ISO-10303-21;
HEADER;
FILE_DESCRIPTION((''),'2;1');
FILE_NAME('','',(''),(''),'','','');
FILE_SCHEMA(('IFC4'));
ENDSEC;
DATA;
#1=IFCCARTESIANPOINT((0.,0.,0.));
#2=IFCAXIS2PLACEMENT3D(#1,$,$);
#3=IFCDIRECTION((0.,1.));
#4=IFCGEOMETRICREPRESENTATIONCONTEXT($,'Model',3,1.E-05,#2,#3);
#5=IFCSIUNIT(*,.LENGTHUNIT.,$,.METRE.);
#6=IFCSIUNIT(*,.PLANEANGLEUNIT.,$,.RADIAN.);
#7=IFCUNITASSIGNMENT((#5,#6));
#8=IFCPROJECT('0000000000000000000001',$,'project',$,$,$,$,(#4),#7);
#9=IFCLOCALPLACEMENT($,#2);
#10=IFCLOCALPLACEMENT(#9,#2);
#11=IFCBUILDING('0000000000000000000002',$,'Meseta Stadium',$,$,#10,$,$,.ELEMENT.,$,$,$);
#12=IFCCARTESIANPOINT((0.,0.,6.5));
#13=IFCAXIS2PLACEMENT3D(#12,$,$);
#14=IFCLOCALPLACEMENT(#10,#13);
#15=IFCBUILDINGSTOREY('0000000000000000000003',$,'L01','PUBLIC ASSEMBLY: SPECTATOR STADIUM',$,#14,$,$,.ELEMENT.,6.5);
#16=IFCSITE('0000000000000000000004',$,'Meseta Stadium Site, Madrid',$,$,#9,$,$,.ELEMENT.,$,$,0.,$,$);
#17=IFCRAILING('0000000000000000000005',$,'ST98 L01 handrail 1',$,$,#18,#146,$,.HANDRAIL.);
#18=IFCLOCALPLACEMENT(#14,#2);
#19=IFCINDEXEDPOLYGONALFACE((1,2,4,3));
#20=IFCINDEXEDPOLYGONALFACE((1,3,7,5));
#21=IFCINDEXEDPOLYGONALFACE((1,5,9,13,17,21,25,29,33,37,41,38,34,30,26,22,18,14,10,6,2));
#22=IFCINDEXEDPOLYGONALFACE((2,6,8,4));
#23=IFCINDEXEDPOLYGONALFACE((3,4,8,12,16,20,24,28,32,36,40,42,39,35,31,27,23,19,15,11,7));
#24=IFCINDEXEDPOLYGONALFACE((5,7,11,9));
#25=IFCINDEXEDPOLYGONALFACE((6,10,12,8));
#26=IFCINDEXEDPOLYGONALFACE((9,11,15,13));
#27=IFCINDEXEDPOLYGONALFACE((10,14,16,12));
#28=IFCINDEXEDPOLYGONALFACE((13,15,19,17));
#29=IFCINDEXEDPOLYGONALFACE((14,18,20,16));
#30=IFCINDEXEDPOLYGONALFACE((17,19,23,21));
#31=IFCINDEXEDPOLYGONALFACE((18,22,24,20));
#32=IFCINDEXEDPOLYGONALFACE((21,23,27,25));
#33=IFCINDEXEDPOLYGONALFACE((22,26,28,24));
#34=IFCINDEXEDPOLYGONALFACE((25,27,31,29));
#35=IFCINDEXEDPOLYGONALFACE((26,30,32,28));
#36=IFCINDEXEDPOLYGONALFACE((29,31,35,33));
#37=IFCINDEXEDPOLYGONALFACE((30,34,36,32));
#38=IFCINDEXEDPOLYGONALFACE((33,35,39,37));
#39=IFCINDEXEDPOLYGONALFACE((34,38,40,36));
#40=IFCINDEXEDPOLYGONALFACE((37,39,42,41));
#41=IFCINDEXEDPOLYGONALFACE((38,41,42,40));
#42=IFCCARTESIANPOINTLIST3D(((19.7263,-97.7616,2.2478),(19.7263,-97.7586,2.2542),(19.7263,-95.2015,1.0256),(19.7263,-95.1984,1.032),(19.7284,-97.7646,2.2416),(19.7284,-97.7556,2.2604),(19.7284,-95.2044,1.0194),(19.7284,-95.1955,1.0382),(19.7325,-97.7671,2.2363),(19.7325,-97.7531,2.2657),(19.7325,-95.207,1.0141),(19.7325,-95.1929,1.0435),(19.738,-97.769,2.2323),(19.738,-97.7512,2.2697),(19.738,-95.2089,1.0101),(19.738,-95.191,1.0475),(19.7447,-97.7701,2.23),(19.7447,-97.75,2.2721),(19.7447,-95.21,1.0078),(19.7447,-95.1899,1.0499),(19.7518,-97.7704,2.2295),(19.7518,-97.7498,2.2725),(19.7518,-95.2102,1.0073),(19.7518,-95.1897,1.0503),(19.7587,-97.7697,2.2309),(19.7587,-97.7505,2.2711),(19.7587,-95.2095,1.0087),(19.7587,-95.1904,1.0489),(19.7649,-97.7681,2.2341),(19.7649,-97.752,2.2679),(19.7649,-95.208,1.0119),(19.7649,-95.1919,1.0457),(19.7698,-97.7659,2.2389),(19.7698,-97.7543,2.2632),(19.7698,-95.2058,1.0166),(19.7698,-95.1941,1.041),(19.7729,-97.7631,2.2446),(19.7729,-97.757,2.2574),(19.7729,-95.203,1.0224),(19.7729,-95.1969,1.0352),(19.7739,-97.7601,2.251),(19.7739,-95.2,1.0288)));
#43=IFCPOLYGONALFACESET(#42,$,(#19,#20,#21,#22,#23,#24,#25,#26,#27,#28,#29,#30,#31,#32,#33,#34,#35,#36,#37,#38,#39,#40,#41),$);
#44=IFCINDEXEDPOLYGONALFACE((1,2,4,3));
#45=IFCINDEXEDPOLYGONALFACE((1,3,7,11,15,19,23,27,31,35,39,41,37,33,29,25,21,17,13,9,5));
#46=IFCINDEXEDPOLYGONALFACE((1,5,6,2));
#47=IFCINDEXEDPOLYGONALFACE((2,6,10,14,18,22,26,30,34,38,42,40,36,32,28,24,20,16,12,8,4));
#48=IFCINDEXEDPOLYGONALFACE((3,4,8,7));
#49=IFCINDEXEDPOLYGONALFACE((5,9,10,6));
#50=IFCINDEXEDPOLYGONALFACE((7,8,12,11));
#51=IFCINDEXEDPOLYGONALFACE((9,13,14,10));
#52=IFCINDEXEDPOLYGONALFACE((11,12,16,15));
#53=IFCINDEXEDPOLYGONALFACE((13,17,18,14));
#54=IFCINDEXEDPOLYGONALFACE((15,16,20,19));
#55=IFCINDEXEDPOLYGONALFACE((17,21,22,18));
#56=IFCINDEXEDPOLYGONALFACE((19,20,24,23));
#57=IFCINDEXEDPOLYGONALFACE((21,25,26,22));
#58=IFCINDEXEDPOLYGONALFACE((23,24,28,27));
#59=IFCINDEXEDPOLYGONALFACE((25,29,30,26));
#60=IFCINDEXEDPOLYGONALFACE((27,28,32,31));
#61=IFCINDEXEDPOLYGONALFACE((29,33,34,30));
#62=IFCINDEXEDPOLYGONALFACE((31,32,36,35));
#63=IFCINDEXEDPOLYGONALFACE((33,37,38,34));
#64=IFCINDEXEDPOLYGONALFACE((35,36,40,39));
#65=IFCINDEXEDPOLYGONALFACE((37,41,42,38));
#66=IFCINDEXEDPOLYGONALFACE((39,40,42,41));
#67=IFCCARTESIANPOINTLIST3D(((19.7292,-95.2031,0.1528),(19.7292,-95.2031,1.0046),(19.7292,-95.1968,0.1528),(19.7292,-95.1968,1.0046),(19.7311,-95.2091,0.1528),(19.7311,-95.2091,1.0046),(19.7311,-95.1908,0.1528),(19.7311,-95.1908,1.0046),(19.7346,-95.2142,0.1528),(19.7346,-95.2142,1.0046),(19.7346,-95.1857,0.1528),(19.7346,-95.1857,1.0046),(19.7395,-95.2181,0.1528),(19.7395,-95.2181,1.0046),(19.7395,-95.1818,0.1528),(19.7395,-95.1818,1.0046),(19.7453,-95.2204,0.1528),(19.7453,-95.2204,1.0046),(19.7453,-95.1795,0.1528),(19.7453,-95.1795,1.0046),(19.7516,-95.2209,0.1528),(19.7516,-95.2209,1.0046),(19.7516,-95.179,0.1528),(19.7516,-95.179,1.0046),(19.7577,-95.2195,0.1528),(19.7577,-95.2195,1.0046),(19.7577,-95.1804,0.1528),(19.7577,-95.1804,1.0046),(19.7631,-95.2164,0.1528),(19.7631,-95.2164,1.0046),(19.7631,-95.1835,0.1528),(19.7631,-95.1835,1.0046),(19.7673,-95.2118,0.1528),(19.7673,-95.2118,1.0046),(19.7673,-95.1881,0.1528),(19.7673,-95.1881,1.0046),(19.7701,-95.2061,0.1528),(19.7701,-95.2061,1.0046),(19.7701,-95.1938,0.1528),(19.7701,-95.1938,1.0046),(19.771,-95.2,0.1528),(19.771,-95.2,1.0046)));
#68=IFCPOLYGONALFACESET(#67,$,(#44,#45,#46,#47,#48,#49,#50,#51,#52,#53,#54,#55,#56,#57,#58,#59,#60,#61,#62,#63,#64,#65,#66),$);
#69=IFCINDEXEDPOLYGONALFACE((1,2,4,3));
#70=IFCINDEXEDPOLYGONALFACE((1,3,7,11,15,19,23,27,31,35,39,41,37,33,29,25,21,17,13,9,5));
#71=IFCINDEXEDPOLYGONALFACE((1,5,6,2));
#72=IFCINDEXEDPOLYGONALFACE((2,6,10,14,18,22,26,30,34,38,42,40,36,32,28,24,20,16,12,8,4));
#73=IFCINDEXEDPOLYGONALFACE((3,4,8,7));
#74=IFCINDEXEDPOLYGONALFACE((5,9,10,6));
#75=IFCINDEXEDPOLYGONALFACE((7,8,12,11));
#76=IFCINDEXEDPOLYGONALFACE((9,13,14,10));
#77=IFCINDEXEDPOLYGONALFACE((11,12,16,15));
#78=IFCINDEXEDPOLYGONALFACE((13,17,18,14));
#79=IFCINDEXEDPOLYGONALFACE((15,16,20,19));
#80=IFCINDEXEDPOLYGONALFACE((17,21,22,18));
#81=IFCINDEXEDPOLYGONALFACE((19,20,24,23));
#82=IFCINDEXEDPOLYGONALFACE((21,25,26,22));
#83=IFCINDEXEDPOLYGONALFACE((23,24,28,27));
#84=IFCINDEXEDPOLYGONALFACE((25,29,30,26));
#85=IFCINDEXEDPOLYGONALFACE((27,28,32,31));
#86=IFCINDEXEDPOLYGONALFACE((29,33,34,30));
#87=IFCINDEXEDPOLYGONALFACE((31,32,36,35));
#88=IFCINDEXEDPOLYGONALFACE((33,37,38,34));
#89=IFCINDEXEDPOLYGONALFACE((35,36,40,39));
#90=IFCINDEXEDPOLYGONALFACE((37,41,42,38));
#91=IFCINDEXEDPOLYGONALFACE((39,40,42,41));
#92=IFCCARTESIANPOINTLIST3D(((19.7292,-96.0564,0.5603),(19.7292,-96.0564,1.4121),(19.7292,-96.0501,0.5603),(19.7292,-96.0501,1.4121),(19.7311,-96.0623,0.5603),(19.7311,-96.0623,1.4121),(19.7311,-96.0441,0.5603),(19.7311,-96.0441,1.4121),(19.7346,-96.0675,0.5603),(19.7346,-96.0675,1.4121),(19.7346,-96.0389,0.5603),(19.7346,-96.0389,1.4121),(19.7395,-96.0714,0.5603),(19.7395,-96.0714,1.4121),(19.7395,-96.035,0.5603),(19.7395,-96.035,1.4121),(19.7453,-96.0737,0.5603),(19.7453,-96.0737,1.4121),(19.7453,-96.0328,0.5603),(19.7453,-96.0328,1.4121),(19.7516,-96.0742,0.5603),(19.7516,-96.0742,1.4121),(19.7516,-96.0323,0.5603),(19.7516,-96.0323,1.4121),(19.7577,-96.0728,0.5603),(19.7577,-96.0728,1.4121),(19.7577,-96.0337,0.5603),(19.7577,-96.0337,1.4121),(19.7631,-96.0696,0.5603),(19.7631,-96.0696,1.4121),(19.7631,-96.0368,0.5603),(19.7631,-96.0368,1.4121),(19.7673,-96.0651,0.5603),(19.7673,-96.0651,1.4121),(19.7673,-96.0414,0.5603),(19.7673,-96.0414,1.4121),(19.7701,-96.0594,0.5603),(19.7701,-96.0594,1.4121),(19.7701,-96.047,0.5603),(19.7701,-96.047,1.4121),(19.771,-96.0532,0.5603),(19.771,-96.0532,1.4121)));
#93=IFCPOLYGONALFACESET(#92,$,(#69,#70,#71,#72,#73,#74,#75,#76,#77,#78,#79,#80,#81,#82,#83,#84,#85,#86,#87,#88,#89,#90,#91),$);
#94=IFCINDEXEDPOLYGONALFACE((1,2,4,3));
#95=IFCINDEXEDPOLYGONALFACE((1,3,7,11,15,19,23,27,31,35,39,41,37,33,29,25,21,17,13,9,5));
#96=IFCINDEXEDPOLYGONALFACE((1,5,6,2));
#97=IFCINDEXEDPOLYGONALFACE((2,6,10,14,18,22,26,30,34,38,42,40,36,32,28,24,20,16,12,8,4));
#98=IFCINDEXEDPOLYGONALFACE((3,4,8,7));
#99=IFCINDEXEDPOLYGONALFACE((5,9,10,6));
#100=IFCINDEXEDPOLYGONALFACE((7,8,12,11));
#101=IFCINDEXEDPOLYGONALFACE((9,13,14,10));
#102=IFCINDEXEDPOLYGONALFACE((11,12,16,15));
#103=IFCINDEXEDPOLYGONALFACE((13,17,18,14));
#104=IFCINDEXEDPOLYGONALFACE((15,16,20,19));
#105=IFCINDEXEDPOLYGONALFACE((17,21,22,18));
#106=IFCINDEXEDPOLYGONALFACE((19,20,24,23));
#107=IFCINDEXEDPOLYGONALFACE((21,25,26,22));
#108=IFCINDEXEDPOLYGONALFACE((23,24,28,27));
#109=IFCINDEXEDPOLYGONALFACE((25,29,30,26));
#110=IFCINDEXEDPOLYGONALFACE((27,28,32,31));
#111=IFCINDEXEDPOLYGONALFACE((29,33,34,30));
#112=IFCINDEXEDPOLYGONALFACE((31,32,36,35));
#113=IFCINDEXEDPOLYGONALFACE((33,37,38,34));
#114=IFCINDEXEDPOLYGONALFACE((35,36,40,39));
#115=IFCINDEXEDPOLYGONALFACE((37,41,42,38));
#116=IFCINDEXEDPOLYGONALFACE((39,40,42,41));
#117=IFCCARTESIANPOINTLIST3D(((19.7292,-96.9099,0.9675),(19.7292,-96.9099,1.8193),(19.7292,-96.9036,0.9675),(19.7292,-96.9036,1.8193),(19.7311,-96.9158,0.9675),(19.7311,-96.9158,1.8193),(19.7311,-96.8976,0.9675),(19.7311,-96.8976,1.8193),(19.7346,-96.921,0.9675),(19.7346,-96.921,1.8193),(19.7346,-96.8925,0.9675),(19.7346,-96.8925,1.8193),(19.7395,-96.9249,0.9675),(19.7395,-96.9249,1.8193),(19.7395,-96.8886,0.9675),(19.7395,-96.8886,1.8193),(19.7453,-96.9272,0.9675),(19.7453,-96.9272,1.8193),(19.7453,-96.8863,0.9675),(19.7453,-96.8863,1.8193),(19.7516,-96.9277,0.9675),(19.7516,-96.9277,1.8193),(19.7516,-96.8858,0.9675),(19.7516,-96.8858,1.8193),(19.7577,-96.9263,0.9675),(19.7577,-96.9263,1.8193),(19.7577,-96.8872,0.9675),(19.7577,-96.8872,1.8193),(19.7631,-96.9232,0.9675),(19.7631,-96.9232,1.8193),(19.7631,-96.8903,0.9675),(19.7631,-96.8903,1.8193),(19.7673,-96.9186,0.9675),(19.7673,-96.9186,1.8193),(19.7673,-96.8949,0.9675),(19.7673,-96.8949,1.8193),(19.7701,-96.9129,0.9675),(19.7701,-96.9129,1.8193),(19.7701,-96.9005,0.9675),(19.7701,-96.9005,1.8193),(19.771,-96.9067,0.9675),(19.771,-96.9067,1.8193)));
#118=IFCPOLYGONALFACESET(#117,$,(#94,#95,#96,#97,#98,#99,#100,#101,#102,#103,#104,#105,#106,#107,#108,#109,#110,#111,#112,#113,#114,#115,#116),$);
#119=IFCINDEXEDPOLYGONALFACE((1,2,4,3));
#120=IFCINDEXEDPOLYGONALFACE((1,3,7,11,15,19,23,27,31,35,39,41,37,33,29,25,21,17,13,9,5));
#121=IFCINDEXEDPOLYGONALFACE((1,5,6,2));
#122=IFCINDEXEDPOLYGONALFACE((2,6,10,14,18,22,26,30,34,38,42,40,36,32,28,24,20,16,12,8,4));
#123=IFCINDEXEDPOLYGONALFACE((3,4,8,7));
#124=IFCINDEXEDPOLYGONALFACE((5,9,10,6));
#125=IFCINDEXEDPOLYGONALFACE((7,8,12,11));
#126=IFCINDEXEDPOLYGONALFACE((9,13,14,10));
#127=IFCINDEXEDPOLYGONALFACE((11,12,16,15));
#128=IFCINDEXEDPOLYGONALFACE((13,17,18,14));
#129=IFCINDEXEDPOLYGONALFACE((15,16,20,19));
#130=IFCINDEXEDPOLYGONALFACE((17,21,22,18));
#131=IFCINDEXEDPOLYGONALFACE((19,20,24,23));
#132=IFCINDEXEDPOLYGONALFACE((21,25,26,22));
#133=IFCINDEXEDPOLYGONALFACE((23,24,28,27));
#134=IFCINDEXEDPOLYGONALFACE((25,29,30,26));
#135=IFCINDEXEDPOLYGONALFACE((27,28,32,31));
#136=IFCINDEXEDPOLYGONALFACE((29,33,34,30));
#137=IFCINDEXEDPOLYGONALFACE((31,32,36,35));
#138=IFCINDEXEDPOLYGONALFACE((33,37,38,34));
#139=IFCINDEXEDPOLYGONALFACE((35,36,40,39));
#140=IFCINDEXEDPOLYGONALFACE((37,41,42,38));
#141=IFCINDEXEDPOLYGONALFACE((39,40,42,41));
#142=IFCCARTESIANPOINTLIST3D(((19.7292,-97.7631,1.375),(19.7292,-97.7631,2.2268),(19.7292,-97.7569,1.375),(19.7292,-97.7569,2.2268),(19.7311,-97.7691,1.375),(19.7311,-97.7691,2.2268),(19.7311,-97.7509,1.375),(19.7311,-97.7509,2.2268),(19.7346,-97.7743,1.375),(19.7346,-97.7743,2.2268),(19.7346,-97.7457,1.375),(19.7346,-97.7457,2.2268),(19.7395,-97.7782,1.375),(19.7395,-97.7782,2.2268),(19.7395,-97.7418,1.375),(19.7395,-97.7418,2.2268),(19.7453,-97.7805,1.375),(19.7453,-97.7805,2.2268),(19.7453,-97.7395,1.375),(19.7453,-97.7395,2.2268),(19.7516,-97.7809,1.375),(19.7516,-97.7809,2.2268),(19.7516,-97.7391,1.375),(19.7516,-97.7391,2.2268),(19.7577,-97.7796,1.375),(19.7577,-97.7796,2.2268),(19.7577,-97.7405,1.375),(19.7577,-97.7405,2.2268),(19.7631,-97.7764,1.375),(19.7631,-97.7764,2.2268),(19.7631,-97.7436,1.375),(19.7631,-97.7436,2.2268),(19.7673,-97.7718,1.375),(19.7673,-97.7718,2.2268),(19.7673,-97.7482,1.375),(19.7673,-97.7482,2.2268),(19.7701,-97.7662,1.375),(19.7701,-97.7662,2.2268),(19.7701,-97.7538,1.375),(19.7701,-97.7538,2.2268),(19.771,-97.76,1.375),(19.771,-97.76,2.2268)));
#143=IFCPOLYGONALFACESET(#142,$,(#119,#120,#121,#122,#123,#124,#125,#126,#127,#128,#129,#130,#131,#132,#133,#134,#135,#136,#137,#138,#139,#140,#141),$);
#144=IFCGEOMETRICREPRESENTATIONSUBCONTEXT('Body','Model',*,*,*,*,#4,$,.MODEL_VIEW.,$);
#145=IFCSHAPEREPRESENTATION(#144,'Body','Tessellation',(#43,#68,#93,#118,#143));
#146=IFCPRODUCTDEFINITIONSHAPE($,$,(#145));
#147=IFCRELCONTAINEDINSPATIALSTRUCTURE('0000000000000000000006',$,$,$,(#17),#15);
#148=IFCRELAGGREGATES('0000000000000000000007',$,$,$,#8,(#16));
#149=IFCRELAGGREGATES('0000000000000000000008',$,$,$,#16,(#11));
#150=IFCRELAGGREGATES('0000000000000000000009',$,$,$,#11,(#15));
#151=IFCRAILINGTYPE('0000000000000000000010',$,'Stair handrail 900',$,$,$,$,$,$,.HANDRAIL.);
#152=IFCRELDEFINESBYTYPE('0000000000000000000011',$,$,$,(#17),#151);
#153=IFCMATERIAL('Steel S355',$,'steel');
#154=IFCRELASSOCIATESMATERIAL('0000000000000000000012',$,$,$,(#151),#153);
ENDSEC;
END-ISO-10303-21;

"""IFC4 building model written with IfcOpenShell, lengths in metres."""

from ifc_helpers import new_model, si_unit, direction, frame, origin, origin_2d, place, context, subcontext, project, spatial, circle, extrude, material, type_object, element, save


model = new_model("IFC4")

# Units and contexts
model_context = context("Model", 3, precision=1e-05, world=origin(), true_north=direction((0.0, 1.0)))
body_context = subcontext(model_context, "Body", "Model", "MODEL_VIEW")
ifc_project = project(units=[si_unit("LENGTHUNIT", "METRE"), si_unit("PLANEANGLEUNIT", "RADIAN")], contexts=[model_context])

# Site, building, storey
site_placement = place(None, origin())
site = spatial("IfcSite", under=ifc_project, at=site_placement, Name="Meseta Stadium Site, Madrid", CompositionType="ELEMENT", RefElevation=0.0)
building_placement = place(site_placement, origin())
building = spatial("IfcBuilding", under=site, at=building_placement, Name="Meseta Stadium", CompositionType="ELEMENT")
storey_placement = place(building_placement, frame((0.0, 0.0, 6.5)))
storey = spatial("IfcBuildingStorey", under=building, at=storey_placement, Name="L01", Description="PUBLIC ASSEMBLY: SPECTATOR STADIUM", CompositionType="ELEMENT", Elevation=6.5)

# Railing
ifc_material_1 = material(Name="Steel S355", Category="steel")
railing_type_1 = type_object("IfcRailingType", Name="Stair handrail 900", PredefinedType="HANDRAIL", material=ifc_material_1)
for number, where, name in (
    (1, (19.75, -95.2, 0.1528), "ST98 L01 handrail 1"),
):
    element("IfcRailing", number, at=place(storey_placement, frame(where)), inside=storey, type_object=railing_type_1, Name=name, PredefinedType="HANDRAIL", context=body_context, shape_type="SweptSolid", body=[
        extrude(circle(Radius=0.0239, at=origin_2d()), frame((0.0, 0.0, 0.876), z_axis=(0.0, -0.902437, 0.430822), x_axis=(1.0, 0.0, 0.0)), (0.0, 0.0, 1.0), 2.8369),
        extrude(circle(Radius=0.021, at=origin_2d()), origin(), (0.0, 0.0, 1.0), 0.8518),
        extrude(circle(Radius=0.021, at=origin_2d()), frame((0.0, -0.8533, 0.4075)), (0.0, 0.0, 1.0), 0.8518),
        extrude(circle(Radius=0.021, at=origin_2d()), frame((0.0, -1.7068, 0.8147)), (0.0, 0.0, 1.0), 0.8518),
        extrude(circle(Radius=0.021, at=origin_2d()), frame((0.0, -2.5601, 1.2222)), (0.0, 0.0, 1.0), 0.8518),
    ])

save(model, "model.ifc")
